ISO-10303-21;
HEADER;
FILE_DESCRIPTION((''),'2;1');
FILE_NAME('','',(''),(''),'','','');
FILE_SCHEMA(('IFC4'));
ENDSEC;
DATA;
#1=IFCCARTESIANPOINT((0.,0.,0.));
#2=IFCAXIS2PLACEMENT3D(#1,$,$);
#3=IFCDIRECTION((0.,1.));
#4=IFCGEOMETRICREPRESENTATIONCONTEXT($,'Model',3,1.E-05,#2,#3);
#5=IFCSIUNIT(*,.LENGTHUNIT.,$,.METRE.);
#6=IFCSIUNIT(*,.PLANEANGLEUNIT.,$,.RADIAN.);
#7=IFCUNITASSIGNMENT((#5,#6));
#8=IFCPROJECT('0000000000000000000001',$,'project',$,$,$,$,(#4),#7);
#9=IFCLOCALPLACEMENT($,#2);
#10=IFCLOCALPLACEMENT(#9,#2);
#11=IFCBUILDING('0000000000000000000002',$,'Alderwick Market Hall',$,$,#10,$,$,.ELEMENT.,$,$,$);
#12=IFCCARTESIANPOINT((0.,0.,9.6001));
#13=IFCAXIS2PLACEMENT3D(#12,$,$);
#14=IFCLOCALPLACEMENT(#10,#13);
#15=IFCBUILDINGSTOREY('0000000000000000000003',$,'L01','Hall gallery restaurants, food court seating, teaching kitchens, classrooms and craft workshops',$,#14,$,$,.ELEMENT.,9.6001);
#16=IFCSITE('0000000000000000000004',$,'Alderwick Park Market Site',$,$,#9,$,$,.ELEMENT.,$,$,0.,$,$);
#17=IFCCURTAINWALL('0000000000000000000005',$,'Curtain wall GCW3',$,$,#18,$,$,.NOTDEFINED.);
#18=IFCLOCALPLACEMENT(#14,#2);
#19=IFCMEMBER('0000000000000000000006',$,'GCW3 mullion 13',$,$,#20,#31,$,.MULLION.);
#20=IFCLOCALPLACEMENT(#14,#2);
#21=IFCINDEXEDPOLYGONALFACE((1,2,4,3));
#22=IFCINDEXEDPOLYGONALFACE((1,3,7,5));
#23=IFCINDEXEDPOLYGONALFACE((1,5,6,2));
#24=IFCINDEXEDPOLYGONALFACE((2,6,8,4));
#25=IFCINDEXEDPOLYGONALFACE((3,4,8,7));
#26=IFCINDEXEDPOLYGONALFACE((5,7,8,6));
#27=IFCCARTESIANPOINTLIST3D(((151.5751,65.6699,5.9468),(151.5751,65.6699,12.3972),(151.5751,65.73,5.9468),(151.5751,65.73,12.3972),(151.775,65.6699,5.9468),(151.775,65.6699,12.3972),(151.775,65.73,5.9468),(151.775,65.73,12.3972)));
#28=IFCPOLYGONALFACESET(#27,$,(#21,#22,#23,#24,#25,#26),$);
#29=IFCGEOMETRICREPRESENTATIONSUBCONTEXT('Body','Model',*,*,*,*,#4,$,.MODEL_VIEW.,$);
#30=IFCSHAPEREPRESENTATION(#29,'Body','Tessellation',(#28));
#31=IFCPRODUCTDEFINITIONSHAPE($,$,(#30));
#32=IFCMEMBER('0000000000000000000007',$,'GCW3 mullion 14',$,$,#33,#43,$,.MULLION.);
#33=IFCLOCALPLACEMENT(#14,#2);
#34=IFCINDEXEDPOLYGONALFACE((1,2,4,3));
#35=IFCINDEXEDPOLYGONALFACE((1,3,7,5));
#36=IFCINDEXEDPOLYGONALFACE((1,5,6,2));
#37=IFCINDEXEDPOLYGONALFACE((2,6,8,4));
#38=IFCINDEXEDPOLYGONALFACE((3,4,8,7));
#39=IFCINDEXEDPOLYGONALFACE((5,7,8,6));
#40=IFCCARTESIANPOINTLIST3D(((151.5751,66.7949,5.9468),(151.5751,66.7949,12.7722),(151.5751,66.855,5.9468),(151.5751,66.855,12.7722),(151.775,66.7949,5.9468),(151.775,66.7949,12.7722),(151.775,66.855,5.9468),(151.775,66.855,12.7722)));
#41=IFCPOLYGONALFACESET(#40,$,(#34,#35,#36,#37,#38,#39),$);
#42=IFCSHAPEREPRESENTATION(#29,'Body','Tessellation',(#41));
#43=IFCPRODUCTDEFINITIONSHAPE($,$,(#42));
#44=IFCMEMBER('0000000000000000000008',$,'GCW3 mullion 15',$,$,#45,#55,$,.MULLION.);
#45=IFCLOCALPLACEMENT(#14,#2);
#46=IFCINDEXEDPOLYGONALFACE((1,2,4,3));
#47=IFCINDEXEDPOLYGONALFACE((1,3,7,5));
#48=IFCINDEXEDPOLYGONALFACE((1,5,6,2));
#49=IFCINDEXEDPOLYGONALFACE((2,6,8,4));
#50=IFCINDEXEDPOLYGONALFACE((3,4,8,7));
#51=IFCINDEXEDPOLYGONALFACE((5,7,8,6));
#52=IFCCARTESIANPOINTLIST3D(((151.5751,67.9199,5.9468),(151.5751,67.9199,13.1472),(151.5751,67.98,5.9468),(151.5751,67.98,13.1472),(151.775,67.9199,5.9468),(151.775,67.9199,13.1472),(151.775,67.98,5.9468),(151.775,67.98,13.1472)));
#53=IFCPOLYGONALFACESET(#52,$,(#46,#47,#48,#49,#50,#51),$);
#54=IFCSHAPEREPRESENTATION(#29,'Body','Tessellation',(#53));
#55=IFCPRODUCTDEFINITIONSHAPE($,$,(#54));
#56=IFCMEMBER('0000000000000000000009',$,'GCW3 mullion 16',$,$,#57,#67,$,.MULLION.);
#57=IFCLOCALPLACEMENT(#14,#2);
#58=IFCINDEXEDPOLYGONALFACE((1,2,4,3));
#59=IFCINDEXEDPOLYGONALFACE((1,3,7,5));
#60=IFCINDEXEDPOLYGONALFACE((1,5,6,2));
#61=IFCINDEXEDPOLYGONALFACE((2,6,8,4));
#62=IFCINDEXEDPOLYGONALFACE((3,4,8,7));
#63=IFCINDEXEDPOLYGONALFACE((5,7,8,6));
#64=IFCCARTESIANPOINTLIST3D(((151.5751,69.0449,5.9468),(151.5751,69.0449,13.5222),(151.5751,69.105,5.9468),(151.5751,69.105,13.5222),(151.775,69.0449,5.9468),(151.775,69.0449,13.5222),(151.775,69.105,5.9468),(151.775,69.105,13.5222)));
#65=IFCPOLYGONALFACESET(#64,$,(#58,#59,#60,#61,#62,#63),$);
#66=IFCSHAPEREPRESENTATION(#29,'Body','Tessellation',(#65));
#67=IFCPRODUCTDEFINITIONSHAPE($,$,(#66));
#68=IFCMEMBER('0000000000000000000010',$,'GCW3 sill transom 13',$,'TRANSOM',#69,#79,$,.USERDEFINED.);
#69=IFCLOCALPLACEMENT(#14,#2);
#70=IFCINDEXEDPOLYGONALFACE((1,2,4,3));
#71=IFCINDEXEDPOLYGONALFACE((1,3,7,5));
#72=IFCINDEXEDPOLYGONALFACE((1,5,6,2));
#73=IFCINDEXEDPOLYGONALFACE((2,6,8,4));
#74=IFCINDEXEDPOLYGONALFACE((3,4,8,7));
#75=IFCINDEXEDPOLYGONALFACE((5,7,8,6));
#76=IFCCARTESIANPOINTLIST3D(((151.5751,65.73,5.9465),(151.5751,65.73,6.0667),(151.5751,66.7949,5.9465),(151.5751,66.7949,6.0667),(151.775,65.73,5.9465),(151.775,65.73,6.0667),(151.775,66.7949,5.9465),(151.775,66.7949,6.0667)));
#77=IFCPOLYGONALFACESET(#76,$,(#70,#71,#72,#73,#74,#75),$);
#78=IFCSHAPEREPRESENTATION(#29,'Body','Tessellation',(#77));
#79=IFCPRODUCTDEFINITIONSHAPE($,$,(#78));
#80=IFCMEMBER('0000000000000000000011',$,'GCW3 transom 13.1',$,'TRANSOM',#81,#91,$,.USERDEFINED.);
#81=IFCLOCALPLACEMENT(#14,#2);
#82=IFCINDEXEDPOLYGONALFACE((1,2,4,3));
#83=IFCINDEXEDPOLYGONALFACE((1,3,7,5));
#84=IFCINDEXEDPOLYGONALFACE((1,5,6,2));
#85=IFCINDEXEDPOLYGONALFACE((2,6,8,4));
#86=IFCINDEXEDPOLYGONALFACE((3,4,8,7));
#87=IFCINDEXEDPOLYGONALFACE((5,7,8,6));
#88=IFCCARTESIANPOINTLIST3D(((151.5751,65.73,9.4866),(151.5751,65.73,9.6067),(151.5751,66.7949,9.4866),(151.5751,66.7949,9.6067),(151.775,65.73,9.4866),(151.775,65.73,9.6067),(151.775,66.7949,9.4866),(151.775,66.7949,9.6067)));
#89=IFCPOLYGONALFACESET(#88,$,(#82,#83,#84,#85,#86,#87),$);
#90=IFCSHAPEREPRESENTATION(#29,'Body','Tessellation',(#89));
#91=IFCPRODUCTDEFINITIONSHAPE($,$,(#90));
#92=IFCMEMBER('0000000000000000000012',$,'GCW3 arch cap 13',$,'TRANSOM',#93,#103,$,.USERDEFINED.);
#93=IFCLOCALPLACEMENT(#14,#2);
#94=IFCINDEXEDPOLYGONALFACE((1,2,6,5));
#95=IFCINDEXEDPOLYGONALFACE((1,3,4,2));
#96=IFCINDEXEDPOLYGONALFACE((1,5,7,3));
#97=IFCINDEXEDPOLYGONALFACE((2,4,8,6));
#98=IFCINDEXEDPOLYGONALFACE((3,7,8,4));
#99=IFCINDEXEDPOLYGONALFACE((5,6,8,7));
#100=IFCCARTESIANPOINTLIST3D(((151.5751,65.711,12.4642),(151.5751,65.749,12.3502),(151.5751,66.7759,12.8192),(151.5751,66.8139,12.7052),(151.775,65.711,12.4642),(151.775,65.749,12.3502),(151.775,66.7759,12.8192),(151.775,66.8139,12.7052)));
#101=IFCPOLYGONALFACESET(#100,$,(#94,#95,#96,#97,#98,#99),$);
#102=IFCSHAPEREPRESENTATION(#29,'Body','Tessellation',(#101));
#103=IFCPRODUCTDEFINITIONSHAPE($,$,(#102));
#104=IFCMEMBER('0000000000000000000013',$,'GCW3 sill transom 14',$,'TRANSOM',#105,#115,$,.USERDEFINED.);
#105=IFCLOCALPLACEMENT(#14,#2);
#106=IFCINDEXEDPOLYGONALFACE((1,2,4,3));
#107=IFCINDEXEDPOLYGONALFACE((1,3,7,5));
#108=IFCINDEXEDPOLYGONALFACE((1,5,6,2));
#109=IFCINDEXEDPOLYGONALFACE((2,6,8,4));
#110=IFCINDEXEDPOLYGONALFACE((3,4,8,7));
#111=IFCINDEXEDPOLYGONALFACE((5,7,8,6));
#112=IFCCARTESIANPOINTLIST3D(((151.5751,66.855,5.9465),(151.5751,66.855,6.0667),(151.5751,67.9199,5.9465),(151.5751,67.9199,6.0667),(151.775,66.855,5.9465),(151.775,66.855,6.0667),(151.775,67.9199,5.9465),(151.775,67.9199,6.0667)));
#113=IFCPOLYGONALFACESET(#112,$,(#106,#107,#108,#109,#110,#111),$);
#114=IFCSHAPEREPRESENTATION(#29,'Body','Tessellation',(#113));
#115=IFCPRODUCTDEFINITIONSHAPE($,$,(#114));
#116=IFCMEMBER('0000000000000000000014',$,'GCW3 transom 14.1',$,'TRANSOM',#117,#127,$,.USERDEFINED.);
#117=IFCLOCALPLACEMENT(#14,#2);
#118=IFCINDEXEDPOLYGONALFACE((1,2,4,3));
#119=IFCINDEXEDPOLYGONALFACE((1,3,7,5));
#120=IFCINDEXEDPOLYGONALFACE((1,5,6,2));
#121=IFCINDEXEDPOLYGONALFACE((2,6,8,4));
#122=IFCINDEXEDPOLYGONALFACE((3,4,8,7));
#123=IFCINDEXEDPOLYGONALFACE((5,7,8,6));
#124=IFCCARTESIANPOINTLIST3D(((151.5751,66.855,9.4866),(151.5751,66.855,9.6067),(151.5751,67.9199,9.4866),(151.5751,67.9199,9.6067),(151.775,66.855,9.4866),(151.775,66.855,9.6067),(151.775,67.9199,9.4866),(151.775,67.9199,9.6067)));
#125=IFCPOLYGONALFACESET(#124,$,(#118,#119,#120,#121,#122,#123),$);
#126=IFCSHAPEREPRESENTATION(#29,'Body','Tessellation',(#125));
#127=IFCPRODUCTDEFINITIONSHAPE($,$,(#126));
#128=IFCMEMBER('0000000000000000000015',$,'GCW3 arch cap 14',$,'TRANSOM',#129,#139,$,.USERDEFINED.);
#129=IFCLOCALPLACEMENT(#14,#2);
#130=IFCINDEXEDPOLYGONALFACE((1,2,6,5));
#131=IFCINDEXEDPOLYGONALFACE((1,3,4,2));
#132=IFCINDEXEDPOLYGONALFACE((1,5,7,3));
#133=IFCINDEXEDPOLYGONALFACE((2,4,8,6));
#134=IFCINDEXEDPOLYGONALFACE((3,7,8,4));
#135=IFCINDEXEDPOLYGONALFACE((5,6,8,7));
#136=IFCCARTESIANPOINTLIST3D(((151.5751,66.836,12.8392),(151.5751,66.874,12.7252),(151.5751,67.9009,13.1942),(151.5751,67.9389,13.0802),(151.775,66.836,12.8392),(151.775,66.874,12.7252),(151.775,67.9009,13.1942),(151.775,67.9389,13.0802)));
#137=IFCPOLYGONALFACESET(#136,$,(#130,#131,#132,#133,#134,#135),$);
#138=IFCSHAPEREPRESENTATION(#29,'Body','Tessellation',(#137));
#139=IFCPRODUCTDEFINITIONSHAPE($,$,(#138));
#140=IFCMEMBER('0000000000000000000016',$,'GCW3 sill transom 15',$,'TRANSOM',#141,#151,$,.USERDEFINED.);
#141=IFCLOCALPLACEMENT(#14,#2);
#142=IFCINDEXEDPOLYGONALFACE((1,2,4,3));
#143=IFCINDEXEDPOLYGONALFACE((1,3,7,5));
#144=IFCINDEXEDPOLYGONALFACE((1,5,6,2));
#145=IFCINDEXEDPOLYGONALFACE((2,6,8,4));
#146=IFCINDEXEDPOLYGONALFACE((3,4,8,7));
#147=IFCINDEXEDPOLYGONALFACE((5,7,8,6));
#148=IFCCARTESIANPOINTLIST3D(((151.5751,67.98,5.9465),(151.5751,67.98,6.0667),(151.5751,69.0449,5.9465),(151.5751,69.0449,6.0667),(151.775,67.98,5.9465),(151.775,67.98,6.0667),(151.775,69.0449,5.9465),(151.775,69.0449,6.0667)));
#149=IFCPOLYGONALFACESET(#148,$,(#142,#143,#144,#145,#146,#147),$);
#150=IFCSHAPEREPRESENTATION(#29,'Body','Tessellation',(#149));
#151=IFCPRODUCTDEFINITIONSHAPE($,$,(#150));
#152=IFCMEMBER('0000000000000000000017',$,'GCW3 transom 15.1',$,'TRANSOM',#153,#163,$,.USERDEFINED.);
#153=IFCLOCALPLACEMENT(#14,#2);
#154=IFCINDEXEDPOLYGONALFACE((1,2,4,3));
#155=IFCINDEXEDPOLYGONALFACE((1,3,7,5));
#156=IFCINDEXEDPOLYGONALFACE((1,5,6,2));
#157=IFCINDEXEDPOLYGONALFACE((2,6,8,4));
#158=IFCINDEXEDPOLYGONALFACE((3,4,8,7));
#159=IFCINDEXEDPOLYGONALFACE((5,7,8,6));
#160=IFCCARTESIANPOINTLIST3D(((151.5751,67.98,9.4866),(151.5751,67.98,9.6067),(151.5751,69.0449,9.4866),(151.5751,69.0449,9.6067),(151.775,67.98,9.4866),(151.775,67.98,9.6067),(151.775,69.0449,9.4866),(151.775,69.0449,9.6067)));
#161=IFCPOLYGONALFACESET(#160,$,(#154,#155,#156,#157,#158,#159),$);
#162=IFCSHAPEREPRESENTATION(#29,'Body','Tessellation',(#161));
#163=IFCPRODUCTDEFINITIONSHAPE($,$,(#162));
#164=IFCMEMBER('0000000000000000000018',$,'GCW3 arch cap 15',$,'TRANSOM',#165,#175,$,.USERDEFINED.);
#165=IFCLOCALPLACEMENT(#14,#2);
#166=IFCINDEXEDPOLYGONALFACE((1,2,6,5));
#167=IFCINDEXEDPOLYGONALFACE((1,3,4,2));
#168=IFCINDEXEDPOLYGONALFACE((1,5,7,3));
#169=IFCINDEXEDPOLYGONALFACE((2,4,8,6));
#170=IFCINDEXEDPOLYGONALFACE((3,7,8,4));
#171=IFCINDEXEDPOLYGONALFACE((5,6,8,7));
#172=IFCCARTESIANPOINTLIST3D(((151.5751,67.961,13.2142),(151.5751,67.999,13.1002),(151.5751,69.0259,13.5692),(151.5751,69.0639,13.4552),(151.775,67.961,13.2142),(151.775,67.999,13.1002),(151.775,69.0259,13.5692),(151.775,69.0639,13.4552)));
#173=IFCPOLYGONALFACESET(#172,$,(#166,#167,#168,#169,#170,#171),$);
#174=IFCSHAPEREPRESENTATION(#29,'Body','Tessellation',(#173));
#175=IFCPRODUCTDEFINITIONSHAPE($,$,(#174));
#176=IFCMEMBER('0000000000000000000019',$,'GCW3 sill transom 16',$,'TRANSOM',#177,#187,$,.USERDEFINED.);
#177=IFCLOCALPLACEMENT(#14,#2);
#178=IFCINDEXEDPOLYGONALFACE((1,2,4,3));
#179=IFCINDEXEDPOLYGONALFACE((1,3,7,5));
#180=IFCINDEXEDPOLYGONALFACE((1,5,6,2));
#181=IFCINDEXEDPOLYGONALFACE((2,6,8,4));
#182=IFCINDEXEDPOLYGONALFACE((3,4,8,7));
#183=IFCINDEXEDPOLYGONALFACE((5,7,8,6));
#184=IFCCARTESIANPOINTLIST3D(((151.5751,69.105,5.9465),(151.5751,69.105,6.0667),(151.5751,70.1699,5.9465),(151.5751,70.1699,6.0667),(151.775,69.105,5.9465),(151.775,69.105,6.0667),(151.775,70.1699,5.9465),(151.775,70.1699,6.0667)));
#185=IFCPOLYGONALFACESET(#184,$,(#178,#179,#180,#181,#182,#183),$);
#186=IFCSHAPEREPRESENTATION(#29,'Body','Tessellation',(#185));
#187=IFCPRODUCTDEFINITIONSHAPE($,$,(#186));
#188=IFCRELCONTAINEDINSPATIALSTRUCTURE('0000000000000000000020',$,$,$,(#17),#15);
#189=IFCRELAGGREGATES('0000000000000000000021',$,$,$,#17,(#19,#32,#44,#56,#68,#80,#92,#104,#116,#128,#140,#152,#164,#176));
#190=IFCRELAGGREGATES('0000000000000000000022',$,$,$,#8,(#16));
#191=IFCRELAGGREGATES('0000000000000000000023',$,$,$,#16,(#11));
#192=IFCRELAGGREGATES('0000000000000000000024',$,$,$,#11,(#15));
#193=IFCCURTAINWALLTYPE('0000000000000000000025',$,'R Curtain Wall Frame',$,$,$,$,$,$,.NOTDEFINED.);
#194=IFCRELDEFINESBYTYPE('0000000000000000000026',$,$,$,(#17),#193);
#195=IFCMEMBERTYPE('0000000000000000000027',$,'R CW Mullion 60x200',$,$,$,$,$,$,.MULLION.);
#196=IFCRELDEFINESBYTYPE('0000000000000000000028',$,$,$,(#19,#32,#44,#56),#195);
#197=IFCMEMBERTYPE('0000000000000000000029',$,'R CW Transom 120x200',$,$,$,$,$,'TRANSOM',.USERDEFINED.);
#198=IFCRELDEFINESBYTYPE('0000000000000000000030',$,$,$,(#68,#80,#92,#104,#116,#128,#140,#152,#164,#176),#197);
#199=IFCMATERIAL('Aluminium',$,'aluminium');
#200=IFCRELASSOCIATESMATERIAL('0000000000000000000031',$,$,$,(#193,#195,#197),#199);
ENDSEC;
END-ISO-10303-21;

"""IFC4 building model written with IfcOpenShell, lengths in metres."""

from ifc_helpers import new_model, si_unit, direction, frame, origin, origin_2d, place, context, subcontext, project, spatial, rectangle, extrude, material, material_profile, profile_set, type_object, element, aggregate, save


model = new_model("IFC4")

# Units and contexts
model_context = context("Model", 3, precision=1e-05, world=origin(), true_north=direction((0.0, 1.0)))
body_context = subcontext(model_context, "Body", "Model", "MODEL_VIEW")
ifc_project = project(units=[si_unit("LENGTHUNIT", "METRE"), si_unit("PLANEANGLEUNIT", "RADIAN")], contexts=[model_context])

# Site, building, storey
site_placement = place(None, origin())
site = spatial("IfcSite", under=ifc_project, at=site_placement, Name="Alderwick Park Market Site", CompositionType="ELEMENT", RefElevation=0.0)
building_placement = place(site_placement, origin())
building = spatial("IfcBuilding", under=site, at=building_placement, Name="Alderwick Market Hall", CompositionType="ELEMENT")
storey_placement = place(building_placement, frame((0.0, 0.0, 9.6001)))
storey = spatial("IfcBuildingStorey", under=building, at=storey_placement, Name="L01", Description="Hall gallery restaurants, food court seating, teaching kitchens, classrooms and craft workshops", CompositionType="ELEMENT", Elevation=9.6001)

# Curtain wall, members
ifc_material_1 = material(Name="Aluminium", Category="aluminium")
curtain_wall_type = type_object("IfcCurtainWallType", Name="R Curtain Wall Frame", PredefinedType="NOTDEFINED", material=ifc_material_1)
curtain_wall_placement = place(storey_placement, origin())
curtain_wall = element("IfcCurtainWall", 1, at=curtain_wall_placement, inside=storey, type_object=curtain_wall_type, Name="Curtain wall GCW3", PredefinedType="NOTDEFINED")
ifc_material_profile_1 = material_profile(ifc_material_1, rectangle(XDim=0.2, YDim=0.0601, at=origin_2d()), Name="AL 60x200")
ifc_profile_set_1 = profile_set([ifc_material_profile_1], Name="Aluminium")
member_type_1 = type_object("IfcMemberType", Name="R CW Mullion 60x200", PredefinedType="MULLION", material=ifc_profile_set_1)
member_1_placement = place(storey_placement, frame((151.675, 65.7, 5.9468), z_axis=(0.0, 0.0, 1.0), x_axis=(1.0, 0.0, 0.0)))
member_1 = element("IfcMember", 2, at=member_1_placement, type_object=member_type_1, Name="GCW3 mullion 13", PredefinedType="MULLION", context=body_context, shape_type="SweptSolid", body=[
    extrude(rectangle(XDim=0.2, YDim=0.0601, at=origin_2d()), origin(), (0.0, 0.0, 1.0), 6.4504),
])
member_2_placement = place(storey_placement, frame((151.675, 66.825, 5.9468), z_axis=(0.0, 0.0, 1.0), x_axis=(1.0, 0.0, 0.0)))
member_2 = element("IfcMember", 3, at=member_2_placement, type_object=member_type_1, Name="GCW3 mullion 14", PredefinedType="MULLION", context=body_context, shape_type="SweptSolid", body=[
    extrude(rectangle(XDim=0.2, YDim=0.0601, at=origin_2d()), origin(), (0.0, 0.0, 1.0), 6.8254),
])
member_3_placement = place(storey_placement, frame((151.675, 67.95, 5.9468), z_axis=(0.0, 0.0, 1.0), x_axis=(1.0, 0.0, 0.0)))
member_3 = element("IfcMember", 4, at=member_3_placement, type_object=member_type_1, Name="GCW3 mullion 15", PredefinedType="MULLION", context=body_context, shape_type="SweptSolid", body=[
    extrude(rectangle(XDim=0.2, YDim=0.0601, at=origin_2d()), origin(), (0.0, 0.0, 1.0), 7.2004),
])
member_4_placement = place(storey_placement, frame((151.675, 69.075, 5.9468), z_axis=(0.0, 0.0, 1.0), x_axis=(1.0, 0.0, 0.0)))
member_4 = element("IfcMember", 5, at=member_4_placement, type_object=member_type_1, Name="GCW3 mullion 16", PredefinedType="MULLION", context=body_context, shape_type="SweptSolid", body=[
    extrude(rectangle(XDim=0.2, YDim=0.0601, at=origin_2d()), origin(), (0.0, 0.0, 1.0), 7.5754),
])
ifc_material_profile_2 = material_profile(ifc_material_1, rectangle(XDim=0.2, YDim=0.1201, at=origin_2d()), Name="AL 120x200")
ifc_profile_set_2 = profile_set([ifc_material_profile_2], Name="Aluminium")
member_type_2 = type_object("IfcMemberType", Name="R CW Transom 120x200", ElementType="TRANSOM", PredefinedType="USERDEFINED", material=ifc_profile_set_2)
member_5_placement = place(storey_placement, frame((151.675, 65.73, 6.0066), z_axis=(0.0, 1.0, 0.0), x_axis=(-1.0, 0.0, 0.0)))
member_5 = element("IfcMember", 6, at=member_5_placement, type_object=member_type_2, Name="GCW3 sill transom 13", ObjectType="TRANSOM", PredefinedType="USERDEFINED", context=body_context, shape_type="SweptSolid", body=[
    extrude(rectangle(XDim=0.2, YDim=0.1201, at=origin_2d()), origin(), (0.0, 0.0, 1.0), 1.0649),
])
member_6_placement = place(storey_placement, frame((151.675, 65.73, 9.5466), z_axis=(0.0, 1.0, 0.0), x_axis=(-1.0, 0.0, 0.0)))
member_6 = element("IfcMember", 7, at=member_6_placement, type_object=member_type_2, Name="GCW3 transom 13.1", ObjectType="TRANSOM", PredefinedType="USERDEFINED", context=body_context, shape_type="SweptSolid", body=[
    extrude(rectangle(XDim=0.2, YDim=0.1201, at=origin_2d()), origin(), (0.0, 0.0, 1.0), 1.0649),
])
member_7_placement = place(storey_placement, frame((151.675, 65.73, 12.4072), z_axis=(0.0, 0.948683, 0.316228), x_axis=(-1.0, 0.0, 0.0)))
member_7 = element("IfcMember", 8, at=member_7_placement, type_object=member_type_2, Name="GCW3 arch cap 13", ObjectType="TRANSOM", PredefinedType="USERDEFINED", context=body_context, shape_type="SweptSolid", body=[
    extrude(rectangle(XDim=0.2, YDim=0.1201, at=origin_2d()), origin(), (0.0, 0.0, 1.0), 1.1226),
])
member_8_placement = place(storey_placement, frame((151.675, 66.855, 6.0066), z_axis=(0.0, 1.0, 0.0), x_axis=(-1.0, 0.0, 0.0)))
member_8 = element("IfcMember", 9, at=member_8_placement, type_object=member_type_2, Name="GCW3 sill transom 14", ObjectType="TRANSOM", PredefinedType="USERDEFINED", context=body_context, shape_type="SweptSolid", body=[
    extrude(rectangle(XDim=0.2, YDim=0.1201, at=origin_2d()), origin(), (0.0, 0.0, 1.0), 1.0649),
])
member_9_placement = place(storey_placement, frame((151.675, 66.855, 9.5466), z_axis=(0.0, 1.0, 0.0), x_axis=(-1.0, 0.0, 0.0)))
member_9 = element("IfcMember", 10, at=member_9_placement, type_object=member_type_2, Name="GCW3 transom 14.1", ObjectType="TRANSOM", PredefinedType="USERDEFINED", context=body_context, shape_type="SweptSolid", body=[
    extrude(rectangle(XDim=0.2, YDim=0.1201, at=origin_2d()), origin(), (0.0, 0.0, 1.0), 1.0649),
])
member_10_placement = place(storey_placement, frame((151.675, 66.855, 12.7822), z_axis=(0.0, 0.948683, 0.316228), x_axis=(-1.0, 0.0, 0.0)))
member_10 = element("IfcMember", 11, at=member_10_placement, type_object=member_type_2, Name="GCW3 arch cap 14", ObjectType="TRANSOM", PredefinedType="USERDEFINED", context=body_context, shape_type="SweptSolid", body=[
    extrude(rectangle(XDim=0.2, YDim=0.1201, at=origin_2d()), origin(), (0.0, 0.0, 1.0), 1.1226),
])
member_11_placement = place(storey_placement, frame((151.675, 67.98, 6.0066), z_axis=(0.0, 1.0, 0.0), x_axis=(-1.0, 0.0, 0.0)))
member_11 = element("IfcMember", 12, at=member_11_placement, type_object=member_type_2, Name="GCW3 sill transom 15", ObjectType="TRANSOM", PredefinedType="USERDEFINED", context=body_context, shape_type="SweptSolid", body=[
    extrude(rectangle(XDim=0.2, YDim=0.1201, at=origin_2d()), origin(), (0.0, 0.0, 1.0), 1.0649),
])
member_12_placement = place(storey_placement, frame((151.675, 67.98, 9.5466), z_axis=(0.0, 1.0, 0.0), x_axis=(-1.0, 0.0, 0.0)))
member_12 = element("IfcMember", 13, at=member_12_placement, type_object=member_type_2, Name="GCW3 transom 15.1", ObjectType="TRANSOM", PredefinedType="USERDEFINED", context=body_context, shape_type="SweptSolid", body=[
    extrude(rectangle(XDim=0.2, YDim=0.1201, at=origin_2d()), origin(), (0.0, 0.0, 1.0), 1.0649),
])
member_13_placement = place(storey_placement, frame((151.675, 67.98, 13.1572), z_axis=(0.0, 0.948683, 0.316228), x_axis=(-1.0, 0.0, 0.0)))
member_13 = element("IfcMember", 14, at=member_13_placement, type_object=member_type_2, Name="GCW3 arch cap 15", ObjectType="TRANSOM", PredefinedType="USERDEFINED", context=body_context, shape_type="SweptSolid", body=[
    extrude(rectangle(XDim=0.2, YDim=0.1201, at=origin_2d()), origin(), (0.0, 0.0, 1.0), 1.1226),
])
member_14_placement = place(storey_placement, frame((151.675, 69.105, 6.0066), z_axis=(0.0, 1.0, 0.0), x_axis=(-1.0, 0.0, 0.0)))
member_14 = element("IfcMember", 15, at=member_14_placement, type_object=member_type_2, Name="GCW3 sill transom 16", ObjectType="TRANSOM", PredefinedType="USERDEFINED", context=body_context, shape_type="SweptSolid", body=[
    extrude(rectangle(XDim=0.2, YDim=0.1201, at=origin_2d()), origin(), (0.0, 0.0, 1.0), 1.0649),
])
aggregate(curtain_wall, [member_1, member_2, member_3, member_4, member_5, member_6, member_7, member_8, member_9, member_10, member_11, member_12, member_13, member_14])

save(model, "model.ifc")
